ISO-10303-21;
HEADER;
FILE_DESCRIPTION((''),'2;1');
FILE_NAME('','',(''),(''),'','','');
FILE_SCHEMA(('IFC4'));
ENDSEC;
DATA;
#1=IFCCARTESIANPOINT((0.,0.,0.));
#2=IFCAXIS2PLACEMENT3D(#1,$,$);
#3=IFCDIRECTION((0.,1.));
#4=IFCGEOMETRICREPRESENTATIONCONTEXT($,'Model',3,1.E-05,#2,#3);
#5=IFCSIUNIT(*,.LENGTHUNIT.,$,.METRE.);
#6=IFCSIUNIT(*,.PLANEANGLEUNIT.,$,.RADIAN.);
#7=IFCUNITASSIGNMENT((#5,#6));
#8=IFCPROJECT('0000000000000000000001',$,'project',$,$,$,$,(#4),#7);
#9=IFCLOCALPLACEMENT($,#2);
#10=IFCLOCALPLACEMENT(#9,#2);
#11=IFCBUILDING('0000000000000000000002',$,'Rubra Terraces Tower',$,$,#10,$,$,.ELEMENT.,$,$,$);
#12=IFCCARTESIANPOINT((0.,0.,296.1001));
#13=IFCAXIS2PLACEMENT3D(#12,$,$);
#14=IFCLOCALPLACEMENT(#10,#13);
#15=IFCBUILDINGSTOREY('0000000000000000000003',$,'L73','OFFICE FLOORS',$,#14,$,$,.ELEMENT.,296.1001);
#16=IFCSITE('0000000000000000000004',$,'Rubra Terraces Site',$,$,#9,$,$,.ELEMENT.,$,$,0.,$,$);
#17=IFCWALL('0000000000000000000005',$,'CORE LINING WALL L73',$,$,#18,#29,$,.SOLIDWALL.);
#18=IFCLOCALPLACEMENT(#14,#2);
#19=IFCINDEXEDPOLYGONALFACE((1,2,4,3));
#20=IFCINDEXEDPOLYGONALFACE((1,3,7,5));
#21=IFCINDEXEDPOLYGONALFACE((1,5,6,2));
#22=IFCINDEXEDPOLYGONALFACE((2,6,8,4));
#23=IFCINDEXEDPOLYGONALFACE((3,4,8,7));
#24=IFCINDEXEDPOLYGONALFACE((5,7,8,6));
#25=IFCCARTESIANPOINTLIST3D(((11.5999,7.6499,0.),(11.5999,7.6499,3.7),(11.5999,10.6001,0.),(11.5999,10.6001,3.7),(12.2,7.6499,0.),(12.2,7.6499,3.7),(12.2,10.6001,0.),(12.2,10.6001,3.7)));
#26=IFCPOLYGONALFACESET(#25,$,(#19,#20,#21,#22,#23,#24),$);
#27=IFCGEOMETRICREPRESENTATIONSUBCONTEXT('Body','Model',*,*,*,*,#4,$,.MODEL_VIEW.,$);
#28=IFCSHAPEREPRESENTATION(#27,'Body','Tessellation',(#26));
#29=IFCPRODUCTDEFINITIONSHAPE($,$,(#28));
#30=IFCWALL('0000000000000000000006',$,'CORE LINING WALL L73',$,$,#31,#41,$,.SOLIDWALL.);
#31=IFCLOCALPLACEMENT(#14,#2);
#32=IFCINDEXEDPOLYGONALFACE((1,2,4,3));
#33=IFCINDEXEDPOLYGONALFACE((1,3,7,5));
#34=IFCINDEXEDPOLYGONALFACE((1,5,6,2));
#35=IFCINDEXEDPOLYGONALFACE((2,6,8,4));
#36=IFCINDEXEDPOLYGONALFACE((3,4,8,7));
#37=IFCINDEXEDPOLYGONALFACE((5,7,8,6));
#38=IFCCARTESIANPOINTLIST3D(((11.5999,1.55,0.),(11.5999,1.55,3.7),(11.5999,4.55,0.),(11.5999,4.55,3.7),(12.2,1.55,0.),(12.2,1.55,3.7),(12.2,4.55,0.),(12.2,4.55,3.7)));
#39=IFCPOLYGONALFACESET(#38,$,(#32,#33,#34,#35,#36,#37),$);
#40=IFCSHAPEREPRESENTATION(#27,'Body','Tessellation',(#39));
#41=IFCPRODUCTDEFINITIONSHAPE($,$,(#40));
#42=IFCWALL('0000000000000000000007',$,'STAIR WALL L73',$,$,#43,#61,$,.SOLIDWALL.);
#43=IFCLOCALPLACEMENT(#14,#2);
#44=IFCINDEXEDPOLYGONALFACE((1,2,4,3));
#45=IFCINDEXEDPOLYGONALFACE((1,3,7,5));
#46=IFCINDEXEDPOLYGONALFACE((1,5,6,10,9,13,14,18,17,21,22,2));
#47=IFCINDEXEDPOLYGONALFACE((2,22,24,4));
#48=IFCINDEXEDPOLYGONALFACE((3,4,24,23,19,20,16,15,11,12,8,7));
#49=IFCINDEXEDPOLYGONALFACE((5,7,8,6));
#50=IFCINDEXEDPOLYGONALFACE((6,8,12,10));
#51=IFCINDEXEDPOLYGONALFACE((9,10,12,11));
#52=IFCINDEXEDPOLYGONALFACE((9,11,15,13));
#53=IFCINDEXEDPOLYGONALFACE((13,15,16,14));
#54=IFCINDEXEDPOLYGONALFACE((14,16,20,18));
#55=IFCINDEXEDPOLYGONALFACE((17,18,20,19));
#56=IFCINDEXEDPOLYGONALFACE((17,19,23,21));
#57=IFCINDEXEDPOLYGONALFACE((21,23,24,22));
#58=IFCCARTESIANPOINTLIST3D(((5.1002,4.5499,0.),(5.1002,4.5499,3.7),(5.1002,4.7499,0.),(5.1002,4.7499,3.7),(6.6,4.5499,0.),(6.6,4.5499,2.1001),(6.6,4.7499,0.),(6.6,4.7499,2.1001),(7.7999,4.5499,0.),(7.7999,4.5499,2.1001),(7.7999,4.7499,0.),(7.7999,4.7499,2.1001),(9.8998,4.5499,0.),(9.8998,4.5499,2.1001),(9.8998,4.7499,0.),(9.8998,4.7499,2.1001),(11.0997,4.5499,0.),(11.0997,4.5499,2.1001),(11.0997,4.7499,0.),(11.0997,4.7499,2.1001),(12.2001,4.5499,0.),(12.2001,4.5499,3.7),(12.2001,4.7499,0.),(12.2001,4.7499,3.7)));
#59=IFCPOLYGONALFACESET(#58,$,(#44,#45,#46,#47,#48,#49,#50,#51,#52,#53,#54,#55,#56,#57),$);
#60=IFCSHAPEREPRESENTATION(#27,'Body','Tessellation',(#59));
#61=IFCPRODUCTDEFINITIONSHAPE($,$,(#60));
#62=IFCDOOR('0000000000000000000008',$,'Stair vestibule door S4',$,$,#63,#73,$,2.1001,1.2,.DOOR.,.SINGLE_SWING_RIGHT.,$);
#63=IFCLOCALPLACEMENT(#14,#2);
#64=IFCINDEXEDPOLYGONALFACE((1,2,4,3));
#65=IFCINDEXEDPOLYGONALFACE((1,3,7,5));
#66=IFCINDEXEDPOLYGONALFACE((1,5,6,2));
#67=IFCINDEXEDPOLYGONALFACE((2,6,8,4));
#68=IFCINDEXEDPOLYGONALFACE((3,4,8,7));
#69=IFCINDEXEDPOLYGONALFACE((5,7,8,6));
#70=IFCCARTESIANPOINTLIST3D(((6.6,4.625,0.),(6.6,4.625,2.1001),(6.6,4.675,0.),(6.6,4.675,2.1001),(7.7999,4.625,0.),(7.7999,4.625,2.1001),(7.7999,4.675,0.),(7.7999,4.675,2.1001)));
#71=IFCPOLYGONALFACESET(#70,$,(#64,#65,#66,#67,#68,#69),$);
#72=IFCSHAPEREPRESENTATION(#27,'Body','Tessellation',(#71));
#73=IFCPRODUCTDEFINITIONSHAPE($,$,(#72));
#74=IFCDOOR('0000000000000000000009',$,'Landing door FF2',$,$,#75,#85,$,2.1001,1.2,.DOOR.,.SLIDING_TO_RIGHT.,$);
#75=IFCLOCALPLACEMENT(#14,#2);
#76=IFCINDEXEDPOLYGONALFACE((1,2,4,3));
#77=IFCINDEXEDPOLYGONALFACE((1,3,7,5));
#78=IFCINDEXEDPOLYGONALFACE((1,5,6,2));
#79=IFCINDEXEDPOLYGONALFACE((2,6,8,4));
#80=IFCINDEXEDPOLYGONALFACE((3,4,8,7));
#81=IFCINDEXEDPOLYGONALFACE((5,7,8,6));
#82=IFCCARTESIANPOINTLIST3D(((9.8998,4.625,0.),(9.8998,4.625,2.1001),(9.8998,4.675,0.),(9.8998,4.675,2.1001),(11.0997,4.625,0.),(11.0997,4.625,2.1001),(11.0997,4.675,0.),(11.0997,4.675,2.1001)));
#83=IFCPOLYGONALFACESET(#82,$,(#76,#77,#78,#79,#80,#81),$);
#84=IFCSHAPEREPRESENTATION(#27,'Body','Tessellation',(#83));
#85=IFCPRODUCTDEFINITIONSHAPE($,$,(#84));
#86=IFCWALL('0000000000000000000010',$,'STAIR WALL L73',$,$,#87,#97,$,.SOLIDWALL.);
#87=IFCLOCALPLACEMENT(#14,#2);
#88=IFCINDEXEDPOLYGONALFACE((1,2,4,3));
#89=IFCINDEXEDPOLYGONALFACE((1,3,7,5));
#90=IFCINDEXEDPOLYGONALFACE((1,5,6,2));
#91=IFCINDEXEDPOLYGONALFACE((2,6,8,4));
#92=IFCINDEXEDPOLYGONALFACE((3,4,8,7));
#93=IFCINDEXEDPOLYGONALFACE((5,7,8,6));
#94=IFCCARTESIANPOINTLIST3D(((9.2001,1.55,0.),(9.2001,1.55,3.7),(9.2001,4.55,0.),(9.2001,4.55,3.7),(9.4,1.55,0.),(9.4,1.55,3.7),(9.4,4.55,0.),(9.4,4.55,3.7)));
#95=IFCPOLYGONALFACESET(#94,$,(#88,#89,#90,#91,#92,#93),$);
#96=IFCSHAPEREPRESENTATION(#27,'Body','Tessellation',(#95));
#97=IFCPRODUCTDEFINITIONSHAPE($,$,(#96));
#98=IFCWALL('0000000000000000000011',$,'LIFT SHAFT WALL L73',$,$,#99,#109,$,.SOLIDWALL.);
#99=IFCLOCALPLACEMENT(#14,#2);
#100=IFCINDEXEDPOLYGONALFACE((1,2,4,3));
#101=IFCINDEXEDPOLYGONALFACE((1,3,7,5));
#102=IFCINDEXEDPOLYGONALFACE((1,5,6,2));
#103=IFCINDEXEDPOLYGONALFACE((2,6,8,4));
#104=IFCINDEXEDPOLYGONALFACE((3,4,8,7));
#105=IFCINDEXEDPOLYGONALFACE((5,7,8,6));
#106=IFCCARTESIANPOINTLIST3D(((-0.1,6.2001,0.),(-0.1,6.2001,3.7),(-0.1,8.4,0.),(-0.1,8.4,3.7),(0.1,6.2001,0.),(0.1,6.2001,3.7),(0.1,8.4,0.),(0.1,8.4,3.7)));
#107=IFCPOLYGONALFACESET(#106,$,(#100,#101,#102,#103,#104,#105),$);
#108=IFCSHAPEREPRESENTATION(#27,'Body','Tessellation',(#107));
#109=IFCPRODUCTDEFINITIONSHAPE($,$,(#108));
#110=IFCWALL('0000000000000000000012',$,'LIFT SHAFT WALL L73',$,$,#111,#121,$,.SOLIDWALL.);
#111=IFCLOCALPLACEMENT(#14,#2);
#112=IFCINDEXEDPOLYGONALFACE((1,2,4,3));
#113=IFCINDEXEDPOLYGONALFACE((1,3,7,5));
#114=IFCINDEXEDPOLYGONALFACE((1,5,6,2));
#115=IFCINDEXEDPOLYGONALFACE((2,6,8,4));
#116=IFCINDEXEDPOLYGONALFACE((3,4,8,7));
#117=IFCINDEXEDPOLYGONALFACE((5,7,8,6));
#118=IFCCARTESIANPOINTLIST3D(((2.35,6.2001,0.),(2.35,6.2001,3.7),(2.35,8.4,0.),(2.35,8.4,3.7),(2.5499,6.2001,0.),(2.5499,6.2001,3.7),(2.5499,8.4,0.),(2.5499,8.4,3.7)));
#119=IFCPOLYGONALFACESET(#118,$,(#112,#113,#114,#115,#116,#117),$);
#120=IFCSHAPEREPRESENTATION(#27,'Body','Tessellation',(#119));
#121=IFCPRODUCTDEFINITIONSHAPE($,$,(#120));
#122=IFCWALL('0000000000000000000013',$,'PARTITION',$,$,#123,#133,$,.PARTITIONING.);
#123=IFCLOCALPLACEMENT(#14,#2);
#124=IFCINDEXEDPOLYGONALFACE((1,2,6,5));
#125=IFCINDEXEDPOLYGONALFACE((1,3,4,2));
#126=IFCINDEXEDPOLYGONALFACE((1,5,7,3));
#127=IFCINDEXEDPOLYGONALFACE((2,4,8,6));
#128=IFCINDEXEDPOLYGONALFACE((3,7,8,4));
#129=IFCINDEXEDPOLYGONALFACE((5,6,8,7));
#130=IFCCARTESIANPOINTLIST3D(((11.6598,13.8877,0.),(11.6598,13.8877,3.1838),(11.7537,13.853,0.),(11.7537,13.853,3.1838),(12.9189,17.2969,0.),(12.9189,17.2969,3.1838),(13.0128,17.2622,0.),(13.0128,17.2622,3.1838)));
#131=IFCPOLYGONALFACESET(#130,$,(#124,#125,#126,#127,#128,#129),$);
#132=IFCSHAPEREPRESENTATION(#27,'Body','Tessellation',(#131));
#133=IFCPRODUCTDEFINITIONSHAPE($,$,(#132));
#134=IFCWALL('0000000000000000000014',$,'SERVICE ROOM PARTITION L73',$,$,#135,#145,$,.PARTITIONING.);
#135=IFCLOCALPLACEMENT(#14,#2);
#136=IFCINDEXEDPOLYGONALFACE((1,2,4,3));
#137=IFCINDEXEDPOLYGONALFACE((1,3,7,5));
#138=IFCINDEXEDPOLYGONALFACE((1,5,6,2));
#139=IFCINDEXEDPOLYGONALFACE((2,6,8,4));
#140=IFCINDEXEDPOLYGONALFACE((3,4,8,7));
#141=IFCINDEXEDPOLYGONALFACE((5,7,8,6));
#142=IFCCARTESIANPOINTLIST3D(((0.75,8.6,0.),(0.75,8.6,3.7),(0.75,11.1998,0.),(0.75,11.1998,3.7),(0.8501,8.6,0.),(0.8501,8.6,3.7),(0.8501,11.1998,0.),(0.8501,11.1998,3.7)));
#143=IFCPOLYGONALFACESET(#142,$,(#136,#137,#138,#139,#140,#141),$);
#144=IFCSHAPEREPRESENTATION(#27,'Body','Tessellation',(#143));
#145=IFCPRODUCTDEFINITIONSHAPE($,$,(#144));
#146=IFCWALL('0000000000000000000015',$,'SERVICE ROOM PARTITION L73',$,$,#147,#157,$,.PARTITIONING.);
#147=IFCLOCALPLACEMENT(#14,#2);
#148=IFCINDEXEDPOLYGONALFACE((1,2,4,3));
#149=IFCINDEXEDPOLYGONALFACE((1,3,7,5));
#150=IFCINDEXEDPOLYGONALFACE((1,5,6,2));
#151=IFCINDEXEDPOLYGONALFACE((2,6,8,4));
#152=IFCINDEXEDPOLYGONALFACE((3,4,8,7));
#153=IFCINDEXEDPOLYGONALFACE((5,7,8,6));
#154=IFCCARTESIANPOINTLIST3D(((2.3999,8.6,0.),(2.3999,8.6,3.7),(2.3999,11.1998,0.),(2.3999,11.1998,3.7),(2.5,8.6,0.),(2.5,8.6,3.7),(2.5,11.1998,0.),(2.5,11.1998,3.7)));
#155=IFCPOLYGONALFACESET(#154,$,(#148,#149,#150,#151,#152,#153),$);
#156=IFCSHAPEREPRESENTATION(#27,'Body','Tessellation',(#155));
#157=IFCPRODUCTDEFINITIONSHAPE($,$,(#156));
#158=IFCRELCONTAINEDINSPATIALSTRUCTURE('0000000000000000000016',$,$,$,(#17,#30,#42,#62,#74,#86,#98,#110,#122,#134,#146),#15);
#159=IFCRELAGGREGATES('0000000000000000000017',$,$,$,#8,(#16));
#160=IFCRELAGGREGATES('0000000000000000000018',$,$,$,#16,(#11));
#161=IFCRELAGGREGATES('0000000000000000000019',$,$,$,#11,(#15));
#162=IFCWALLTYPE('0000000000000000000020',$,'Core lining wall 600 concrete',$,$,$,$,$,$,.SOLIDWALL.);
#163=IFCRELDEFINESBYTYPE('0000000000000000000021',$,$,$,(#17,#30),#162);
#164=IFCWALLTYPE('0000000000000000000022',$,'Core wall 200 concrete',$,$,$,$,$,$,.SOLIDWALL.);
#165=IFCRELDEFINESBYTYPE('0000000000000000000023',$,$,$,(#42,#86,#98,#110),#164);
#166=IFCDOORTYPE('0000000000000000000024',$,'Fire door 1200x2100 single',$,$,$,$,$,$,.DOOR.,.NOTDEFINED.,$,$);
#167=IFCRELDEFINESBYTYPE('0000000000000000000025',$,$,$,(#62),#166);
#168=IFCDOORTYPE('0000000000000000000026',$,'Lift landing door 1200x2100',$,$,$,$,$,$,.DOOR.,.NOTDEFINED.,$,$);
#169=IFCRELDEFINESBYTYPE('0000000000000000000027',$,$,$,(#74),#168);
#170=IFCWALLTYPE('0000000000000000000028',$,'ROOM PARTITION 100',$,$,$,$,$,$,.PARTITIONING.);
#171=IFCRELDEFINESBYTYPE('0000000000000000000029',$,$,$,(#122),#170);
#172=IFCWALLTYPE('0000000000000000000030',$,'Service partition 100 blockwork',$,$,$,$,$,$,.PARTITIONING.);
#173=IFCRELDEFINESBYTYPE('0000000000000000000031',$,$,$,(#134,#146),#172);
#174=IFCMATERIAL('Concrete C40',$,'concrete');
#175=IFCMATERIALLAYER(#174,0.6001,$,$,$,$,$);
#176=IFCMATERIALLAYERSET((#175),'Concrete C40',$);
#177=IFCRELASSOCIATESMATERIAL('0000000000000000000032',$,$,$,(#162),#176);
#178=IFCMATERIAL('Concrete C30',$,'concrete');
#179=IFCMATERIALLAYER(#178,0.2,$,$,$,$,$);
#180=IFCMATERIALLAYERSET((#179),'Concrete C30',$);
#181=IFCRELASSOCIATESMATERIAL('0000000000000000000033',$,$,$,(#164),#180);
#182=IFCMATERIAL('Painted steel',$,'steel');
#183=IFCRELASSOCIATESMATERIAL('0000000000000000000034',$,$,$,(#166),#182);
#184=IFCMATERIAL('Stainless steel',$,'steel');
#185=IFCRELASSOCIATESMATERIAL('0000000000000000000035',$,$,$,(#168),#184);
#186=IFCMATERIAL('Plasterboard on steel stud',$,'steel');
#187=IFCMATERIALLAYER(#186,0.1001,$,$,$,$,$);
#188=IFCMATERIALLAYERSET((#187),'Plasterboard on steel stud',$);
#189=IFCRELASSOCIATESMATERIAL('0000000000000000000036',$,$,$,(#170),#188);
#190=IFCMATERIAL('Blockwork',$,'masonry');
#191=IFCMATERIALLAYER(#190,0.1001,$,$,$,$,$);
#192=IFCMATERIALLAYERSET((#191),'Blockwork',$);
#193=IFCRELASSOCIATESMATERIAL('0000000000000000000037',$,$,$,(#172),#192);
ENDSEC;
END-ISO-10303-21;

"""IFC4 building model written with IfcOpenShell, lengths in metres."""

from ifc_helpers import new_model, si_unit, direction, frame, frame_2d, origin, place, context, subcontext, project, spatial, rectangle, extrude, material, layer, layer_set, type_object, element, fill, save


model = new_model("IFC4")

# Units and contexts
model_context = context("Model", 3, precision=1e-05, world=origin(), true_north=direction((0.0, 1.0)))
body_context = subcontext(model_context, "Body", "Model", "MODEL_VIEW")
ifc_project = project(units=[si_unit("LENGTHUNIT", "METRE"), si_unit("PLANEANGLEUNIT", "RADIAN")], contexts=[model_context])

# Site, building, storey
site_placement = place(None, origin())
site = spatial("IfcSite", under=ifc_project, at=site_placement, Name="Rubra Terraces Site", CompositionType="ELEMENT", RefElevation=0.0)
building_placement = place(site_placement, origin())
building = spatial("IfcBuilding", under=site, at=building_placement, Name="Rubra Terraces Tower", CompositionType="ELEMENT")
storey_placement = place(building_placement, frame((0.0, 0.0, 296.1001)))
storey = spatial("IfcBuildingStorey", under=building, at=storey_placement, Name="L73", Description="OFFICE FLOORS", CompositionType="ELEMENT", Elevation=296.1001)

# Walls
ifc_material_1 = material(Name="Concrete C40", Category="concrete")
ifc_layer_1 = layer(ifc_material_1, 0.6001)
ifc_layer_set_1 = layer_set([ifc_layer_1], Name="Concrete C40")
wall_type_1 = type_object("IfcWallType", Name="Core lining wall 600 concrete", PredefinedType="SOLIDWALL", material=ifc_layer_set_1)
wall_1_placement = place(storey_placement, frame((11.8999, 10.6001, 0.0), z_axis=(0.0, 0.0, 1.0), x_axis=(0.0, -1.0, 0.0)))
element("IfcWall", 1, at=wall_1_placement, inside=storey, type_object=wall_type_1, Name="CORE LINING WALL L73", PredefinedType="SOLIDWALL", context=body_context, shape_type="SweptSolid", body=[
    extrude(rectangle(XDim=2.9502, YDim=0.6001, at=frame_2d((1.4751, 0.0))), origin(), (0.0, 0.0, 1.0), 3.7),
])
wall_2_placement = place(storey_placement, frame((11.8999, 4.55, 0.0), z_axis=(0.0, 0.0, 1.0), x_axis=(0.0, -1.0, 0.0)))
element("IfcWall", 2, at=wall_2_placement, inside=storey, type_object=wall_type_1, Name="CORE LINING WALL L73", PredefinedType="SOLIDWALL", context=body_context, shape_type="SweptSolid", body=[
    extrude(rectangle(XDim=3.0, YDim=0.6001, at=frame_2d((1.5, 0.0))), origin(), (0.0, 0.0, 1.0), 3.7),
])

# Wall, openings, doors
ifc_material_2 = material(Name="Concrete C30", Category="concrete")
ifc_layer_2 = layer(ifc_material_2, 0.2)
ifc_layer_set_2 = layer_set([ifc_layer_2], Name="Concrete C30")
wall_type_2 = type_object("IfcWallType", Name="Core wall 200 concrete", PredefinedType="SOLIDWALL", material=ifc_layer_set_2)
wall_3_placement = place(storey_placement, frame((12.2, 4.6499, 0.0), z_axis=(0.0, 0.0, 1.0), x_axis=(-1.0, 0.0, 0.0)))
wall_3 = element("IfcWall", 3, at=wall_3_placement, inside=storey, type_object=wall_type_2, Name="STAIR WALL L73", PredefinedType="SOLIDWALL", context=body_context, shape_type="SweptSolid", body=[
    extrude(rectangle(XDim=7.0999, YDim=0.2, at=frame_2d((3.5498, 0.0))), origin(), (0.0, 0.0, 1.0), 3.7),
])
opening_1_placement = place(wall_3_placement, frame((4.3999, 0.0, 0.0)))
opening_1 = element("IfcOpeningElement", 4, at=opening_1_placement, cuts=wall_3, PredefinedType="OPENING", context=body_context, shape_type="SweptSolid", body=[
    extrude(rectangle(XDim=1.2, YDim=2.1001, at=frame_2d((0.6001, 1.05))), frame((0.0, 0.1099, 0.0), z_axis=(0.0, -1.0, 0.0), x_axis=(1.0, 0.0, 0.0)), (0.0, 0.0, 1.0), 0.22),
])
opening_2_placement = place(wall_3_placement, frame((1.1001, 0.0, 0.0)))
opening_2 = element("IfcOpeningElement", 5, at=opening_2_placement, cuts=wall_3, PredefinedType="OPENING", context=body_context, shape_type="SweptSolid", body=[
    extrude(rectangle(XDim=1.2, YDim=2.1001, at=frame_2d((0.6001, 1.05))), frame((0.0, 0.1099, 0.0), z_axis=(0.0, -1.0, 0.0), x_axis=(1.0, 0.0, 0.0)), (0.0, 0.0, 1.0), 0.22),
])
ifc_material_3 = material(Name="Painted steel", Category="steel")
door_type_1 = type_object("IfcDoorType", Name="Fire door 1200x2100 single", OperationType="NOTDEFINED", PredefinedType="DOOR", material=ifc_material_3)
door_1_placement = place(opening_1_placement, origin())
door_1 = element("IfcDoor", 6, at=door_1_placement, inside=storey, type_object=door_type_1, Name="Stair vestibule door S4", OperationType="SINGLE_SWING_RIGHT", OverallHeight=2.1001, OverallWidth=1.2, PredefinedType="DOOR", context=body_context, shape_type="SweptSolid", body=[
    extrude(rectangle(XDim=1.2, YDim=2.1001, at=frame_2d((0.6001, 1.05))), frame((0.0, 0.0249, 0.0), z_axis=(0.0, -1.0, 0.0), x_axis=(1.0, 0.0, 0.0)), (0.0, 0.0, 1.0), 0.05),
])
fill(opening_1, door_1)
ifc_material_4 = material(Name="Stainless steel", Category="steel")
door_type_2 = type_object("IfcDoorType", Name="Lift landing door 1200x2100", OperationType="NOTDEFINED", PredefinedType="DOOR", material=ifc_material_4)
door_2_placement = place(opening_2_placement, origin())
door_2 = element("IfcDoor", 7, at=door_2_placement, inside=storey, type_object=door_type_2, Name="Landing door FF2", OperationType="SLIDING_TO_RIGHT", OverallHeight=2.1001, OverallWidth=1.2, PredefinedType="DOOR", context=body_context, shape_type="SweptSolid", body=[
    extrude(rectangle(XDim=1.2, YDim=2.1001, at=frame_2d((0.6001, 1.05))), frame((0.0, 0.0249, 0.0), z_axis=(0.0, -1.0, 0.0), x_axis=(1.0, 0.0, 0.0)), (0.0, 0.0, 1.0), 0.05),
])
fill(opening_2, door_2)

# Walls
wall_4_placement = place(storey_placement, frame((9.3, 4.55, 0.0), z_axis=(0.0, 0.0, 1.0), x_axis=(0.0, -1.0, 0.0)))
element("IfcWall", 8, at=wall_4_placement, inside=storey, type_object=wall_type_2, Name="STAIR WALL L73", PredefinedType="SOLIDWALL", context=body_context, shape_type="SweptSolid", body=[
    extrude(rectangle(XDim=3.0, YDim=0.2, at=frame_2d((1.5, 0.0))), origin(), (0.0, 0.0, 1.0), 3.7),
])
for number, where, z_axis, x_axis, name in (
    (9, (0.0, 6.2, 0.0), (0.0, 0.0, 1.0), (0.0, 1.0, 0.0), "LIFT SHAFT WALL L73"),
    (10, (2.45, 6.2, 0.0), (0.0, 0.0, 1.0), (0.0, 1.0, 0.0), "LIFT SHAFT WALL L73"),
):
    element("IfcWall", number, at=place(storey_placement, frame(where, z_axis=z_axis, x_axis=x_axis)), inside=storey, type_object=wall_type_2, Name=name, PredefinedType="SOLIDWALL", context=body_context, shape_type="SweptSolid", body=[
        extrude(rectangle(XDim=2.2, YDim=0.2, at=frame_2d((1.1001, 0.0))), origin(), (0.0, 0.0, 1.0), 3.7),
    ])
ifc_material_5 = material(Name="Plasterboard on steel stud", Category="steel")
ifc_layer_3 = layer(ifc_material_5, 0.1001)
ifc_layer_set_3 = layer_set([ifc_layer_3], Name="Plasterboard on steel stud")
wall_type_3 = type_object("IfcWallType", Name="ROOM PARTITION 100", PredefinedType="PARTITIONING", material=ifc_layer_set_3)
wall_5_placement = place(storey_placement, frame((11.7068, 13.8704, 0.0), z_axis=(0.0, 0.0, 1.0), x_axis=(0.346437, 0.938073, 0.0)))
element("IfcWall", 11, at=wall_5_placement, inside=storey, type_object=wall_type_3, Name="PARTITION", PredefinedType="PARTITIONING", context=body_context, shape_type="SweptSolid", body=[
    extrude(rectangle(XDim=3.6343, YDim=0.1001, at=frame_2d((1.8171, 0.0))), origin(), (0.0, 0.0, 1.0), 3.1838),
])
ifc_material_6 = material(Name="Blockwork", Category="masonry")
ifc_layer_4 = layer(ifc_material_6, 0.1001)
ifc_layer_set_4 = layer_set([ifc_layer_4], Name="Blockwork")
wall_type_4 = type_object("IfcWallType", Name="Service partition 100 blockwork", PredefinedType="PARTITIONING", material=ifc_layer_set_4)
for number, where, z_axis, x_axis, name in (
    (12, (0.8, 8.6001, 0.0), (0.0, 0.0, 1.0), (0.0, 1.0, 0.0), "SERVICE ROOM PARTITION L73"),
    (13, (2.45, 8.6001, 0.0), (0.0, 0.0, 1.0), (0.0, 1.0, 0.0), "SERVICE ROOM PARTITION L73"),
):
    element("IfcWall", number, at=place(storey_placement, frame(where, z_axis=z_axis, x_axis=x_axis)), inside=storey, type_object=wall_type_4, Name=name, PredefinedType="PARTITIONING", context=body_context, shape_type="SweptSolid", body=[
        extrude(rectangle(XDim=2.5999, YDim=0.1001, at=frame_2d((1.2998, 0.0))), origin(), (0.0, 0.0, 1.0), 3.7),
    ])

save(model, "model.ifc")
